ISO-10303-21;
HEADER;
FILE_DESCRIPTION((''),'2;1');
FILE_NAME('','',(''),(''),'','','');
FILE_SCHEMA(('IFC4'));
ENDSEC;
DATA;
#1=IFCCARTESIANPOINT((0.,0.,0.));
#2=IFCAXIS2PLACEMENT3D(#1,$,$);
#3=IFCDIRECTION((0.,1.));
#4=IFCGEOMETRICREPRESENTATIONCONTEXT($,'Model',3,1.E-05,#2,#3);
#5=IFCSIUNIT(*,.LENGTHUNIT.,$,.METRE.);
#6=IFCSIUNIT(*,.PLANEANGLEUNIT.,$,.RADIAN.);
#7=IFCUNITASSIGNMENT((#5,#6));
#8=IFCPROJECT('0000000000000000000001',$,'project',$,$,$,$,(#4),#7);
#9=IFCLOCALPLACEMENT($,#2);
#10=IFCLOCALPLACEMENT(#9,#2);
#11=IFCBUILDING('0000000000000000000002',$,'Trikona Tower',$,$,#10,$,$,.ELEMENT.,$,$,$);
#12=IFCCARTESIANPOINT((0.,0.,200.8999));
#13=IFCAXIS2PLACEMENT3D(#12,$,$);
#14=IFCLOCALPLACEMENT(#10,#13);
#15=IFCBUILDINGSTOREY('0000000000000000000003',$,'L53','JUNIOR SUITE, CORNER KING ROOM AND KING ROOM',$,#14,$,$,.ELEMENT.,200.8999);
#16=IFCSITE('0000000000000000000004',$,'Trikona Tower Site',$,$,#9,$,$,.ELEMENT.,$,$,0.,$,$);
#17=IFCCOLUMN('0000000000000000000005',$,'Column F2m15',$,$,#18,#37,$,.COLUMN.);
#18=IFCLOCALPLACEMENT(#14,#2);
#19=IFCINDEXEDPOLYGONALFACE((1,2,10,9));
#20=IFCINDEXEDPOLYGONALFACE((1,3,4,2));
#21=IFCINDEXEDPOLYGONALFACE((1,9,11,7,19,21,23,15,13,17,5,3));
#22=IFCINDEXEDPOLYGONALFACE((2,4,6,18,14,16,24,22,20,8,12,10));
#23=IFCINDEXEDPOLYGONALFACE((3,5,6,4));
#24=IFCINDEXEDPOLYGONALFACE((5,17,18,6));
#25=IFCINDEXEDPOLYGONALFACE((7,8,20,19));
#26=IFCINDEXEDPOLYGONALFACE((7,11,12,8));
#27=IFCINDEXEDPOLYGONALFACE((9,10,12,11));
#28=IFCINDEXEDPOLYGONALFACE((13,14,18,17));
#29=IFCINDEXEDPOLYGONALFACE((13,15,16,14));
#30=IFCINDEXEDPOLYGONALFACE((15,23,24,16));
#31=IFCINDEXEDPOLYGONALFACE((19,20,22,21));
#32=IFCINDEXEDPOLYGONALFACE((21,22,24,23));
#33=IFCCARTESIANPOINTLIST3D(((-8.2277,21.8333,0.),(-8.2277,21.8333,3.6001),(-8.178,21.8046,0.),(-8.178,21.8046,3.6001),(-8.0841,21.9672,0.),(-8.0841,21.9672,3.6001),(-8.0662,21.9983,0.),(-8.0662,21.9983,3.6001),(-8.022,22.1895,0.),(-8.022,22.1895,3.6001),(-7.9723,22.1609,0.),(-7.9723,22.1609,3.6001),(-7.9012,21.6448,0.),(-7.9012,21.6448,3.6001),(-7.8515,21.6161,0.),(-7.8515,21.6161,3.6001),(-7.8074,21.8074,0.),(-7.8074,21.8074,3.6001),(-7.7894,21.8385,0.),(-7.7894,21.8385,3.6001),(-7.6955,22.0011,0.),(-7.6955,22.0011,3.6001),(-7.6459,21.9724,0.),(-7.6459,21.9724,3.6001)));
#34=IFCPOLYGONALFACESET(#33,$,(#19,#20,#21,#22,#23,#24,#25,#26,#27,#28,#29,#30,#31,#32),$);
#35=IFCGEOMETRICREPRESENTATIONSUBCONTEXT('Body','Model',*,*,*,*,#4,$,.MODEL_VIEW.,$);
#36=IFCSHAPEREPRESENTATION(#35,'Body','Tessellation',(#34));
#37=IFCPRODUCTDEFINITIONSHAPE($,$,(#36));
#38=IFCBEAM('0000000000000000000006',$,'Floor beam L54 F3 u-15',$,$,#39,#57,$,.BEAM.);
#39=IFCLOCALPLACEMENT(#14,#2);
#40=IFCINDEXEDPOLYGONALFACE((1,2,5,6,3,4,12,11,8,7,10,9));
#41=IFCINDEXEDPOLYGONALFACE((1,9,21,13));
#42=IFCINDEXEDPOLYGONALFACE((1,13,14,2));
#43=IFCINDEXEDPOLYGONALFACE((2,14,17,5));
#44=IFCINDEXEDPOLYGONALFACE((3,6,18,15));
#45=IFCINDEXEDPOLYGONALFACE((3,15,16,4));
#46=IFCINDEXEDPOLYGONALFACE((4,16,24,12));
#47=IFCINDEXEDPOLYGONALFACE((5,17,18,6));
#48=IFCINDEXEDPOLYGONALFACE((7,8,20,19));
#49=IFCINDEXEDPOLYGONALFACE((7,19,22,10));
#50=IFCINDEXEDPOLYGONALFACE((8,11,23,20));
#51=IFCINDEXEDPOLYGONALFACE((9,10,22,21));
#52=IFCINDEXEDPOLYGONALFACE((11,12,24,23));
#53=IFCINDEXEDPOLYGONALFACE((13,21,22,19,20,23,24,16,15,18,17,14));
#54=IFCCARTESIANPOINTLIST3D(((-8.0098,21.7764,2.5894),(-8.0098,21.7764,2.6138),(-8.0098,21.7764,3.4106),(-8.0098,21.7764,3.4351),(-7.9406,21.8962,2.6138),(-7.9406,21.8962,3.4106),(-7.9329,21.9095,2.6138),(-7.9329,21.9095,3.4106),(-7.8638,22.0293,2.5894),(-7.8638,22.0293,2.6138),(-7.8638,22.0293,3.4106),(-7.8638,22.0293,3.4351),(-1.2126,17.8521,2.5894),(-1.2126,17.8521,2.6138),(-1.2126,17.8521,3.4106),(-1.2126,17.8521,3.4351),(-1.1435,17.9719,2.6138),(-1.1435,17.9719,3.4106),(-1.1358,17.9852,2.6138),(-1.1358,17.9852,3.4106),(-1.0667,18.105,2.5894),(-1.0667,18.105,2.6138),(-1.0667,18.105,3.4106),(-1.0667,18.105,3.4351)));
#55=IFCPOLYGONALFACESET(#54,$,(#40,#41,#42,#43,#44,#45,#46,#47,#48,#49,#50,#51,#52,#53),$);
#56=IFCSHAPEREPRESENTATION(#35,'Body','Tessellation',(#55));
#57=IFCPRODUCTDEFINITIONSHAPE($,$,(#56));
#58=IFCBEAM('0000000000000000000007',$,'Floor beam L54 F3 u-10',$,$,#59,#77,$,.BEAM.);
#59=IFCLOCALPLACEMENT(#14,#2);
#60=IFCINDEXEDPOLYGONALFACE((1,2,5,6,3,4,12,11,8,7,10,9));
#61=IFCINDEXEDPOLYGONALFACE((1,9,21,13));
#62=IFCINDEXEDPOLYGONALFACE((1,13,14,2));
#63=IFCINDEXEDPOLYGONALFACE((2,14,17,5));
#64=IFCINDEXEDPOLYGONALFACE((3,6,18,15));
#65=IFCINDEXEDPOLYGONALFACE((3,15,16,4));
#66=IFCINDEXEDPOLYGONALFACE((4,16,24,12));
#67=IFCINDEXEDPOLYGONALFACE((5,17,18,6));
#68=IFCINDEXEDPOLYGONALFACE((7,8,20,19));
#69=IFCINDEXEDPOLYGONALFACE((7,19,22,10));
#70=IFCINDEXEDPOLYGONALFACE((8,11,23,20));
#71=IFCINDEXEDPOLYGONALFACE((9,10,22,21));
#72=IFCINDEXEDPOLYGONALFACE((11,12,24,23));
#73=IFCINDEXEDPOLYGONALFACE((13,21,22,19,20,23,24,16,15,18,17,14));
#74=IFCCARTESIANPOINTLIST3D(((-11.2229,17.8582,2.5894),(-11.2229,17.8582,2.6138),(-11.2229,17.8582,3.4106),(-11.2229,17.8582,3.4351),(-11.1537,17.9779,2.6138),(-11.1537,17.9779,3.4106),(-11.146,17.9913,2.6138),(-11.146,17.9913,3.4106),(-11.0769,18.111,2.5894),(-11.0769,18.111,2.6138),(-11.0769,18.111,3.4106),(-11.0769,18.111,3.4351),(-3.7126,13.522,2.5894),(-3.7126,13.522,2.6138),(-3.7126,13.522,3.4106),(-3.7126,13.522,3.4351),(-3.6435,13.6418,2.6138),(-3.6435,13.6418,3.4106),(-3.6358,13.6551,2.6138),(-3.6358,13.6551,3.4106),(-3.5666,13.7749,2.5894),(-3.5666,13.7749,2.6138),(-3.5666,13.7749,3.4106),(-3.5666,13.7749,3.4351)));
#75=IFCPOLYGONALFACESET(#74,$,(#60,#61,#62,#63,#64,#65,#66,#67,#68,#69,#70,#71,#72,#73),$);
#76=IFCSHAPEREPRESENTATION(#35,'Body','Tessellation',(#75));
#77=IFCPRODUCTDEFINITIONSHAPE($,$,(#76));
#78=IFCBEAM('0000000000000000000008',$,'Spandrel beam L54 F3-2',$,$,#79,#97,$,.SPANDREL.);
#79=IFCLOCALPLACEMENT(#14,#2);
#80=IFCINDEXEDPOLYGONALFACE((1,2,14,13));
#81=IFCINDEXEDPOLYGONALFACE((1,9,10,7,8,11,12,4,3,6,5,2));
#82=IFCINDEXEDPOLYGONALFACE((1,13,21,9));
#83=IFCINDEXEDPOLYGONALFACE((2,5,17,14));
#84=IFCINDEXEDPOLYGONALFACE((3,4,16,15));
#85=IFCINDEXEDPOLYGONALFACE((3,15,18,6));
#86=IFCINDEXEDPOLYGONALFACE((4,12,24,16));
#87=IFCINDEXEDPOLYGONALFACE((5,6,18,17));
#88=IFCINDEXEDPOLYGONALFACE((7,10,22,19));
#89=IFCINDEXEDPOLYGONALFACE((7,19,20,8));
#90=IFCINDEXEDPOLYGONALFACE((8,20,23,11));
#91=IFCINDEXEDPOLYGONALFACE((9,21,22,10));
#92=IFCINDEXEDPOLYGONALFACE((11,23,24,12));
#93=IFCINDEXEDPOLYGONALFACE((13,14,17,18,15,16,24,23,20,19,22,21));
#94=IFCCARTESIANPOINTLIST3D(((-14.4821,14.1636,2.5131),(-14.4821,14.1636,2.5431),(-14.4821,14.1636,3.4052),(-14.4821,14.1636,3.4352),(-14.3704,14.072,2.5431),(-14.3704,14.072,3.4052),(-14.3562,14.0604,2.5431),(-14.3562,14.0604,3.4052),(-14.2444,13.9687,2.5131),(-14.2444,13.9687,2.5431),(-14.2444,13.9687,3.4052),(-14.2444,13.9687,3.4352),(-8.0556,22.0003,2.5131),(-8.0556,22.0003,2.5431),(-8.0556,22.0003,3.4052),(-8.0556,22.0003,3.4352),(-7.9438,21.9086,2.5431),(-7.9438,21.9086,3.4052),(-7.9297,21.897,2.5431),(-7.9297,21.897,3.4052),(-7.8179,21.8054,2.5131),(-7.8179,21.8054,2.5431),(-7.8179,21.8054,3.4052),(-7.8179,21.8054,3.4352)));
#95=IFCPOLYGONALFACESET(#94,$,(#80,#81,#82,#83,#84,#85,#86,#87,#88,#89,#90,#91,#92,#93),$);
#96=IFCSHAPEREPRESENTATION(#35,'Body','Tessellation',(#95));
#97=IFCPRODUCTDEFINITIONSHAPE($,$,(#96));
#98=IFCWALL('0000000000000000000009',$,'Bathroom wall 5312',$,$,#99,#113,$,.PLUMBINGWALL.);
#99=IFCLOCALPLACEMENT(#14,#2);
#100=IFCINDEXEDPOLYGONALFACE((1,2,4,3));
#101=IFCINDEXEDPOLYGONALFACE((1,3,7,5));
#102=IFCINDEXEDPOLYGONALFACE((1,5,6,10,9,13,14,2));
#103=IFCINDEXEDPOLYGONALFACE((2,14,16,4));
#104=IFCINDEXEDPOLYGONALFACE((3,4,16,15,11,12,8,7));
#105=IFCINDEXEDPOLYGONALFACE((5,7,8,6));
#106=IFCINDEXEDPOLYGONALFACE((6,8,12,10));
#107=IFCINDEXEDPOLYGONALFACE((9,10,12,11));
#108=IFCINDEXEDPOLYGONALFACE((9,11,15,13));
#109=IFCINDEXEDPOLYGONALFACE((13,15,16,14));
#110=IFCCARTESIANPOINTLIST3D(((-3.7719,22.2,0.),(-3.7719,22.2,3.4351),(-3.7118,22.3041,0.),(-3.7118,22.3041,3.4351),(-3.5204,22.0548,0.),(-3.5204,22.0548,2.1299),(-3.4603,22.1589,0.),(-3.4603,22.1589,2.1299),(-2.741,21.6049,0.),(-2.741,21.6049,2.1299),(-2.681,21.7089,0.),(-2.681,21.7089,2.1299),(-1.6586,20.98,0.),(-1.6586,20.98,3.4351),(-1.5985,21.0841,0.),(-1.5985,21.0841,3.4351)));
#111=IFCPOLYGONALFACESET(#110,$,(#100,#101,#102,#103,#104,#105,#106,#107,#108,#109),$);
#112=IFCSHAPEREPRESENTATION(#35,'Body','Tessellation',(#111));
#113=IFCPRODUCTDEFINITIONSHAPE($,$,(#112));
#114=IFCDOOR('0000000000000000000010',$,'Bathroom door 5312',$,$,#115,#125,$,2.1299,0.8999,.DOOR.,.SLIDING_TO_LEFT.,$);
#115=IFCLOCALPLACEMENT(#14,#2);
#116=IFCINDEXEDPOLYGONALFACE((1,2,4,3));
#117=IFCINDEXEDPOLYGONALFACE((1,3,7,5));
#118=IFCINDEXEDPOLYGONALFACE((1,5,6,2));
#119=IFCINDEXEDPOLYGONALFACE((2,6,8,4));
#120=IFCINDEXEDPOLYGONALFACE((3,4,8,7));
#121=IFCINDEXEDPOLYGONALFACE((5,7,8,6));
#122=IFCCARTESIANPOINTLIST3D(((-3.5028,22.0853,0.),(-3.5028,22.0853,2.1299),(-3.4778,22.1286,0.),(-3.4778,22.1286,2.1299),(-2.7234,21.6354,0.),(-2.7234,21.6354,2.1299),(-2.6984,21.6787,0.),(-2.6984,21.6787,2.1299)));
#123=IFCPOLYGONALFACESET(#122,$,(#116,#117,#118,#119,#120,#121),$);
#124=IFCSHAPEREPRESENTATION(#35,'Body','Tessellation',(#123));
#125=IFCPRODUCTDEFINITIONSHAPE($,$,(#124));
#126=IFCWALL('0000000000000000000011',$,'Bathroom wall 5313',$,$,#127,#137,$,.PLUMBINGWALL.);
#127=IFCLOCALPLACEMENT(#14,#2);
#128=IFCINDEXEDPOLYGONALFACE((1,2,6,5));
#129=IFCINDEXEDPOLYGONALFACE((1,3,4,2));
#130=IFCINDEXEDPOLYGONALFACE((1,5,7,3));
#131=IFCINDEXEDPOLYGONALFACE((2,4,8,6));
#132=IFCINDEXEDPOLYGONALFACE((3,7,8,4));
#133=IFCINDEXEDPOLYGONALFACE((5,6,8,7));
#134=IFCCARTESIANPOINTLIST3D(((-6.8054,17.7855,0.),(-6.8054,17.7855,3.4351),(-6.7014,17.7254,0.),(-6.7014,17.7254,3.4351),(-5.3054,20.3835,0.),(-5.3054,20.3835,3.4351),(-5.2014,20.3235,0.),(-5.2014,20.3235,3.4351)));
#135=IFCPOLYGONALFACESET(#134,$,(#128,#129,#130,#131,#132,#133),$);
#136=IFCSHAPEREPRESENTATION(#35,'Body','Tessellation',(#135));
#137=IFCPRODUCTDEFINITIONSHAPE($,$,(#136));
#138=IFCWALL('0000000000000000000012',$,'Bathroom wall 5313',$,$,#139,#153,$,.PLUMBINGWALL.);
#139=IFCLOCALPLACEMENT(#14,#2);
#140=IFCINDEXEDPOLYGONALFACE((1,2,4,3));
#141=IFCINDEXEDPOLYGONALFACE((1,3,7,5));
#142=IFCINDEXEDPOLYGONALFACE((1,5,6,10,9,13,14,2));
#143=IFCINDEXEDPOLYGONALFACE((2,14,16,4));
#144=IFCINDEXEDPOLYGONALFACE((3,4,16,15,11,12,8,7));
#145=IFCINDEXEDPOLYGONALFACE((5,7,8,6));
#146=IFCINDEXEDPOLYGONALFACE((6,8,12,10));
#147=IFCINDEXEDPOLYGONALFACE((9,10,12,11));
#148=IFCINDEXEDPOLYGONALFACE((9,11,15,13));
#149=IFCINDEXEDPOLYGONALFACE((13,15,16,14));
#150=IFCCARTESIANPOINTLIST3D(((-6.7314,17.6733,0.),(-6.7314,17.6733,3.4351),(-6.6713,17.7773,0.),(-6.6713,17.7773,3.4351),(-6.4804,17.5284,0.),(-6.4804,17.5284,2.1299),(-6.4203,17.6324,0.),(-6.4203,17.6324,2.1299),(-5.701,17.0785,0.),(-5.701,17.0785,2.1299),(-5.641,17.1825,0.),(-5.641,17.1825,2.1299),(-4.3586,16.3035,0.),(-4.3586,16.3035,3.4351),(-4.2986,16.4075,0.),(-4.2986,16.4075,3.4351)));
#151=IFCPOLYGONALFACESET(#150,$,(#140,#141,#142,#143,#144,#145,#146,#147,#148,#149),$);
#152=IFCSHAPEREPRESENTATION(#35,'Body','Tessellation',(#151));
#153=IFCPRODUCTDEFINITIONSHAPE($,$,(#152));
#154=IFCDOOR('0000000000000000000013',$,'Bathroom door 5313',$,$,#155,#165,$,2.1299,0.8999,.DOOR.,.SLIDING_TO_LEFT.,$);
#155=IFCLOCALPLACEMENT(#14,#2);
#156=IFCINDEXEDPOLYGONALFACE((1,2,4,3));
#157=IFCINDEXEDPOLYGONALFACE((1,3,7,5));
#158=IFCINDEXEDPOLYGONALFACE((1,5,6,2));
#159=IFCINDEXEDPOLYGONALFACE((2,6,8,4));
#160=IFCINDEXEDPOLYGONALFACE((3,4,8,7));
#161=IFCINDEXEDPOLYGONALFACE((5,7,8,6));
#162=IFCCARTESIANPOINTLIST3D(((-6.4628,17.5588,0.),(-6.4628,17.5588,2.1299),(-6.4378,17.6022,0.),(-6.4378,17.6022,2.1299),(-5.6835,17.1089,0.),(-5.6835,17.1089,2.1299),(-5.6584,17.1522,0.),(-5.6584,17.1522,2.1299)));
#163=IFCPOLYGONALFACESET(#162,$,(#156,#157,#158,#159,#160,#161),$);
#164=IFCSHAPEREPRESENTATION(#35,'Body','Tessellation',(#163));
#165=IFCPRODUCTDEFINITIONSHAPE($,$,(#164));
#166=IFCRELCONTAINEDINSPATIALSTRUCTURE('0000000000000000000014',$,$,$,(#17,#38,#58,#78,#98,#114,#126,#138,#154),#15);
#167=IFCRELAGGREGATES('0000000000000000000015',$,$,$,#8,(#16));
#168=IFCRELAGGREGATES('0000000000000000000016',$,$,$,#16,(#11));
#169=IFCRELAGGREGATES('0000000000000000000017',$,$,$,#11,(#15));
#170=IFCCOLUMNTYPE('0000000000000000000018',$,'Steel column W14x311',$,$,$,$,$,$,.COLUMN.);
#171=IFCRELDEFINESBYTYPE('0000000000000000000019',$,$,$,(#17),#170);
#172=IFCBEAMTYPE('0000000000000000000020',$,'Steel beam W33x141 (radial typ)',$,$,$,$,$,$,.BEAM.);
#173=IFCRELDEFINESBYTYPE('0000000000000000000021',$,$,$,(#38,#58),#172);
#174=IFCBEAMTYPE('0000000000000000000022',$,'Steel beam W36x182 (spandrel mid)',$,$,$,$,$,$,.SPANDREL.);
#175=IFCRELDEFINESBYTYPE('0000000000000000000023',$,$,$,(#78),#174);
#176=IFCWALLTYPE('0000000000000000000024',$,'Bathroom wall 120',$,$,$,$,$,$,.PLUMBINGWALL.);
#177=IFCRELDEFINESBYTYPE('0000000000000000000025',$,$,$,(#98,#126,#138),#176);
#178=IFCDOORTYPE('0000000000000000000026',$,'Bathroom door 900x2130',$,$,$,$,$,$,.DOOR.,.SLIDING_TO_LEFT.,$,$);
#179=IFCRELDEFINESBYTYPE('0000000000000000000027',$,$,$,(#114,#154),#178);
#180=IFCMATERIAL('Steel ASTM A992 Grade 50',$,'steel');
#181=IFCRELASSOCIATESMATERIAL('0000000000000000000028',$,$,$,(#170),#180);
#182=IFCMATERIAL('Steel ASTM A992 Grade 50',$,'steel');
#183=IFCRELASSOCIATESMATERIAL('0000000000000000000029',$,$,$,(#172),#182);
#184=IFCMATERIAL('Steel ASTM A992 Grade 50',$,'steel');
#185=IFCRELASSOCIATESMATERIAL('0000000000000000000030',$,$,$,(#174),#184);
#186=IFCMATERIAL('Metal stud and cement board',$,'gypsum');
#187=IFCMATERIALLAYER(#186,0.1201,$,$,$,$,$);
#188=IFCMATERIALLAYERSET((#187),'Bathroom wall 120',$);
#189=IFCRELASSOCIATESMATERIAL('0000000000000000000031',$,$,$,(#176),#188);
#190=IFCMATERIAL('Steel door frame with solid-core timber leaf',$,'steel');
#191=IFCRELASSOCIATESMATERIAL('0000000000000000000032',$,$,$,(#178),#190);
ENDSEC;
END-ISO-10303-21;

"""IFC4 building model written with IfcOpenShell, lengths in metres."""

from ifc_helpers import new_model, si_unit, direction, frame, frame_2d, origin, origin_2d, place, context, subcontext, project, spatial, rectangle, i_section, extrude, material, layer, layer_set, material_profile, profile_set, type_object, element, fill, save


model = new_model("IFC4")

# Units and contexts
model_context = context("Model", 3, precision=1e-05, world=origin(), true_north=direction((0.0, 1.0)))
body_context = subcontext(model_context, "Body", "Model", "MODEL_VIEW")
ifc_project = project(units=[si_unit("LENGTHUNIT", "METRE"), si_unit("PLANEANGLEUNIT", "RADIAN")], contexts=[model_context])

# Site, building, storey
site_placement = place(None, origin())
site = spatial("IfcSite", under=ifc_project, at=site_placement, Name="Trikona Tower Site", CompositionType="ELEMENT", RefElevation=0.0)
building_placement = place(site_placement, origin())
building = spatial("IfcBuilding", under=site, at=building_placement, Name="Trikona Tower", CompositionType="ELEMENT")
storey_placement = place(building_placement, frame((0.0, 0.0, 200.8999)))
storey = spatial("IfcBuildingStorey", under=building, at=storey_placement, Name="L53", Description="JUNIOR SUITE, CORNER KING ROOM AND KING ROOM", CompositionType="ELEMENT", Elevation=200.8999)

# Column
ifc_material_1 = material(Name="Steel ASTM A992 Grade 50", Category="steel")
ifc_material_profile_1 = material_profile(ifc_material_1, i_section(OverallWidth=0.4114, OverallDepth=0.4343, WebThickness=0.0359, FlangeThickness=0.0574, at=origin_2d()), Name="W14X311")
ifc_profile_set_1 = profile_set([ifc_material_profile_1], Name="Steel ASTM A992 Grade 50")
column_type = type_object("IfcColumnType", Name="Steel column W14x311", PredefinedType="COLUMN", material=ifc_profile_set_1)
column_placement = place(storey_placement, frame((-7.9368, 21.9028, 0.0), z_axis=(0.0, 0.0, 1.0), x_axis=(-0.5, -0.866025, 0.0)))
element("IfcColumn", 1, at=column_placement, inside=storey, type_object=column_type, Name="Column F2m15", PredefinedType="COLUMN", context=body_context, shape_type="SweptSolid", body=[
    extrude(i_section(OverallWidth=0.4114, OverallDepth=0.4343, WebThickness=0.0359, FlangeThickness=0.0574, at=origin_2d()), origin(), (0.0, 0.0, 1.0), 3.6001),
])

# Beams
ifc_material_2 = material(Name="Steel ASTM A992 Grade 50", Category="steel")
ifc_material_profile_2 = material_profile(ifc_material_2, i_section(OverallWidth=0.292, OverallDepth=0.8457, WebThickness=0.0154, FlangeThickness=0.0244, at=origin_2d()), Name="W33X141")
ifc_profile_set_2 = profile_set([ifc_material_profile_2], Name="Steel ASTM A992 Grade 50")
beam_type_1 = type_object("IfcBeamType", Name="Steel beam W33x141 (radial typ)", PredefinedType="BEAM", material=ifc_profile_set_2)
beam_1_placement = place(storey_placement, frame((-1.1396, 17.9785, 3.0122), z_axis=(-0.866026, 0.5, 0.0), x_axis=(-0.5, -0.866026, 0.0)))
element("IfcBeam", 2, at=beam_1_placement, inside=storey, type_object=beam_type_1, Name="Floor beam L54 F3 u-15", PredefinedType="BEAM", context=body_context, shape_type="SweptSolid", body=[
    extrude(i_section(OverallWidth=0.292, OverallDepth=0.8457, WebThickness=0.0154, FlangeThickness=0.0244, at=origin_2d()), origin(), (0.0, 0.0, 1.0), 7.8486),
])
beam_2_placement = place(storey_placement, frame((-3.6396, 13.6484, 3.0122), z_axis=(-0.866019, 0.500012, 0.0), x_axis=(-0.500012, -0.866019, 0.0)))
element("IfcBeam", 3, at=beam_2_placement, inside=storey, type_object=beam_type_1, Name="Floor beam L54 F3 u-10", PredefinedType="BEAM", context=body_context, shape_type="SweptSolid", body=[
    extrude(i_section(OverallWidth=0.292, OverallDepth=0.8457, WebThickness=0.0154, FlangeThickness=0.0244, at=origin_2d()), origin(), (0.0, 0.0, 1.0), 8.6721),
])
ifc_material_3 = material(Name="Steel ASTM A992 Grade 50", Category="steel")
ifc_material_profile_3 = material_profile(ifc_material_3, i_section(OverallWidth=0.3074, OverallDepth=0.9221, WebThickness=0.0183, FlangeThickness=0.03, at=origin_2d()), Name="W36X182")
ifc_profile_set_3 = profile_set([ifc_material_profile_3], Name="Steel ASTM A992 Grade 50")
beam_type_2 = type_object("IfcBeamType", Name="Steel beam W36x182 (spandrel mid)", PredefinedType="SPANDREL", material=ifc_profile_set_3)
beam_3_placement = place(storey_placement, frame((-7.9368, 21.9028, 2.9741), z_axis=(-0.634106, -0.773246, 0.0), x_axis=(0.773246, -0.634106, 0.0)))
element("IfcBeam", 4, at=beam_3_placement, inside=storey, type_object=beam_type_2, Name="Spandrel beam L54 F3-2", PredefinedType="SPANDREL", context=body_context, shape_type="SweptSolid", body=[
    extrude(i_section(OverallWidth=0.3074, OverallDepth=0.9221, WebThickness=0.0183, FlangeThickness=0.03, at=origin_2d()), origin(), (0.0, 0.0, 1.0), 10.1348),
])

# Wall, opening, door
ifc_material_4 = material(Name="Metal stud and cement board", Category="gypsum")
ifc_layer_1 = layer(ifc_material_4, 0.1201)
ifc_layer_set_1 = layer_set([ifc_layer_1], Name="Bathroom wall 120")
wall_type_1 = type_object("IfcWallType", Name="Bathroom wall 120", PredefinedType="PLUMBINGWALL", material=ifc_layer_set_1)
wall_1_placement = place(storey_placement, frame((-1.6284, 21.032, 0.0), z_axis=(0.0, 0.0, 1.0), x_axis=(-0.866049, 0.499959, 0.0)))
wall_1 = element("IfcWall", 5, at=wall_1_placement, inside=storey, type_object=wall_type_1, Name="Bathroom wall 5312", PredefinedType="PLUMBINGWALL", context=body_context, shape_type="SweptSolid", body=[
    extrude(rectangle(XDim=2.4402, YDim=0.1201, at=frame_2d((1.2202, 0.0))), origin(), (0.0, 0.0, 1.0), 3.4351),
])
opening_1_placement = place(wall_1_placement, frame((1.25, 0.0, 0.0)))
opening_1 = element("IfcOpeningElement", 6, at=opening_1_placement, cuts=wall_1, PredefinedType="OPENING", context=body_context, shape_type="SweptSolid", body=[
    extrude(rectangle(XDim=0.8999, YDim=2.1299, at=frame_2d((0.45, 1.0649))), frame((0.0, 0.0701, 0.0), z_axis=(0.0, -1.0, 0.0), x_axis=(1.0, 0.0, 0.0)), (0.0, 0.0, 1.0), 0.1401),
])
ifc_material_5 = material(Name="Steel door frame with solid-core timber leaf", Category="steel")
door_type_1 = type_object("IfcDoorType", Name="Bathroom door 900x2130", OperationType="SLIDING_TO_LEFT", PredefinedType="DOOR", material=ifc_material_5)
door_1_placement = place(opening_1_placement, origin())
door_1 = element("IfcDoor", 7, at=door_1_placement, inside=storey, type_object=door_type_1, Name="Bathroom door 5312", OperationType="SLIDING_TO_LEFT", OverallHeight=2.1299, OverallWidth=0.8999, PredefinedType="DOOR", context=body_context, shape_type="SweptSolid", body=[
    extrude(rectangle(XDim=0.8999, YDim=2.1299, at=frame_2d((0.45, 1.0649))), frame((0.0, 0.0249, 0.0), z_axis=(0.0, -1.0, 0.0), x_axis=(1.0, 0.0, 0.0)), (0.0, 0.0, 1.0), 0.05),
])
fill(opening_1, door_1)

# Wall
wall_2_placement = place(storey_placement, frame((-5.2534, 20.3535, 0.0), z_axis=(0.0, 0.0, 1.0), x_axis=(-0.49999, -0.866031, 0.0)))
element("IfcWall", 8, at=wall_2_placement, inside=storey, type_object=wall_type_1, Name="Bathroom wall 5313", PredefinedType="PLUMBINGWALL", context=body_context, shape_type="SweptSolid", body=[
    extrude(rectangle(XDim=3.0, YDim=0.1201, at=frame_2d((1.5, 0.0))), origin(), (0.0, 0.0, 1.0), 3.4351),
])

# Wall, opening, door
wall_3_placement = place(storey_placement, frame((-4.3286, 16.3555, 0.0), z_axis=(0.0, 0.0, 1.0), x_axis=(-0.866036, 0.499982, 0.0)))
wall_3 = element("IfcWall", 9, at=wall_3_placement, inside=storey, type_object=wall_type_1, Name="Bathroom wall 5313", PredefinedType="PLUMBINGWALL", context=body_context, shape_type="SweptSolid", body=[
    extrude(rectangle(XDim=2.7397, YDim=0.1201, at=frame_2d((1.3699, 0.0))), origin(), (0.0, 0.0, 1.0), 3.4351),
])
opening_2_placement = place(wall_3_placement, frame((1.55, 0.0, 0.0)))
opening_2 = element("IfcOpeningElement", 10, at=opening_2_placement, cuts=wall_3, PredefinedType="OPENING", context=body_context, shape_type="SweptSolid", body=[
    extrude(rectangle(XDim=0.8999, YDim=2.1299, at=frame_2d((0.45, 1.0649))), frame((0.0, 0.0701, 0.0), z_axis=(0.0, -1.0, 0.0), x_axis=(1.0, 0.0, 0.0)), (0.0, 0.0, 1.0), 0.1401),
])
door_2_placement = place(opening_2_placement, origin())
door_2 = element("IfcDoor", 11, at=door_2_placement, inside=storey, type_object=door_type_1, Name="Bathroom door 5313", OperationType="SLIDING_TO_LEFT", OverallHeight=2.1299, OverallWidth=0.8999, PredefinedType="DOOR", context=body_context, shape_type="SweptSolid", body=[
    extrude(rectangle(XDim=0.8999, YDim=2.1299, at=frame_2d((0.45, 1.0649))), frame((0.0, 0.0249, 0.0), z_axis=(0.0, -1.0, 0.0), x_axis=(1.0, 0.0, 0.0)), (0.0, 0.0, 1.0), 0.05),
])
fill(opening_2, door_2)

save(model, "model.ifc")
